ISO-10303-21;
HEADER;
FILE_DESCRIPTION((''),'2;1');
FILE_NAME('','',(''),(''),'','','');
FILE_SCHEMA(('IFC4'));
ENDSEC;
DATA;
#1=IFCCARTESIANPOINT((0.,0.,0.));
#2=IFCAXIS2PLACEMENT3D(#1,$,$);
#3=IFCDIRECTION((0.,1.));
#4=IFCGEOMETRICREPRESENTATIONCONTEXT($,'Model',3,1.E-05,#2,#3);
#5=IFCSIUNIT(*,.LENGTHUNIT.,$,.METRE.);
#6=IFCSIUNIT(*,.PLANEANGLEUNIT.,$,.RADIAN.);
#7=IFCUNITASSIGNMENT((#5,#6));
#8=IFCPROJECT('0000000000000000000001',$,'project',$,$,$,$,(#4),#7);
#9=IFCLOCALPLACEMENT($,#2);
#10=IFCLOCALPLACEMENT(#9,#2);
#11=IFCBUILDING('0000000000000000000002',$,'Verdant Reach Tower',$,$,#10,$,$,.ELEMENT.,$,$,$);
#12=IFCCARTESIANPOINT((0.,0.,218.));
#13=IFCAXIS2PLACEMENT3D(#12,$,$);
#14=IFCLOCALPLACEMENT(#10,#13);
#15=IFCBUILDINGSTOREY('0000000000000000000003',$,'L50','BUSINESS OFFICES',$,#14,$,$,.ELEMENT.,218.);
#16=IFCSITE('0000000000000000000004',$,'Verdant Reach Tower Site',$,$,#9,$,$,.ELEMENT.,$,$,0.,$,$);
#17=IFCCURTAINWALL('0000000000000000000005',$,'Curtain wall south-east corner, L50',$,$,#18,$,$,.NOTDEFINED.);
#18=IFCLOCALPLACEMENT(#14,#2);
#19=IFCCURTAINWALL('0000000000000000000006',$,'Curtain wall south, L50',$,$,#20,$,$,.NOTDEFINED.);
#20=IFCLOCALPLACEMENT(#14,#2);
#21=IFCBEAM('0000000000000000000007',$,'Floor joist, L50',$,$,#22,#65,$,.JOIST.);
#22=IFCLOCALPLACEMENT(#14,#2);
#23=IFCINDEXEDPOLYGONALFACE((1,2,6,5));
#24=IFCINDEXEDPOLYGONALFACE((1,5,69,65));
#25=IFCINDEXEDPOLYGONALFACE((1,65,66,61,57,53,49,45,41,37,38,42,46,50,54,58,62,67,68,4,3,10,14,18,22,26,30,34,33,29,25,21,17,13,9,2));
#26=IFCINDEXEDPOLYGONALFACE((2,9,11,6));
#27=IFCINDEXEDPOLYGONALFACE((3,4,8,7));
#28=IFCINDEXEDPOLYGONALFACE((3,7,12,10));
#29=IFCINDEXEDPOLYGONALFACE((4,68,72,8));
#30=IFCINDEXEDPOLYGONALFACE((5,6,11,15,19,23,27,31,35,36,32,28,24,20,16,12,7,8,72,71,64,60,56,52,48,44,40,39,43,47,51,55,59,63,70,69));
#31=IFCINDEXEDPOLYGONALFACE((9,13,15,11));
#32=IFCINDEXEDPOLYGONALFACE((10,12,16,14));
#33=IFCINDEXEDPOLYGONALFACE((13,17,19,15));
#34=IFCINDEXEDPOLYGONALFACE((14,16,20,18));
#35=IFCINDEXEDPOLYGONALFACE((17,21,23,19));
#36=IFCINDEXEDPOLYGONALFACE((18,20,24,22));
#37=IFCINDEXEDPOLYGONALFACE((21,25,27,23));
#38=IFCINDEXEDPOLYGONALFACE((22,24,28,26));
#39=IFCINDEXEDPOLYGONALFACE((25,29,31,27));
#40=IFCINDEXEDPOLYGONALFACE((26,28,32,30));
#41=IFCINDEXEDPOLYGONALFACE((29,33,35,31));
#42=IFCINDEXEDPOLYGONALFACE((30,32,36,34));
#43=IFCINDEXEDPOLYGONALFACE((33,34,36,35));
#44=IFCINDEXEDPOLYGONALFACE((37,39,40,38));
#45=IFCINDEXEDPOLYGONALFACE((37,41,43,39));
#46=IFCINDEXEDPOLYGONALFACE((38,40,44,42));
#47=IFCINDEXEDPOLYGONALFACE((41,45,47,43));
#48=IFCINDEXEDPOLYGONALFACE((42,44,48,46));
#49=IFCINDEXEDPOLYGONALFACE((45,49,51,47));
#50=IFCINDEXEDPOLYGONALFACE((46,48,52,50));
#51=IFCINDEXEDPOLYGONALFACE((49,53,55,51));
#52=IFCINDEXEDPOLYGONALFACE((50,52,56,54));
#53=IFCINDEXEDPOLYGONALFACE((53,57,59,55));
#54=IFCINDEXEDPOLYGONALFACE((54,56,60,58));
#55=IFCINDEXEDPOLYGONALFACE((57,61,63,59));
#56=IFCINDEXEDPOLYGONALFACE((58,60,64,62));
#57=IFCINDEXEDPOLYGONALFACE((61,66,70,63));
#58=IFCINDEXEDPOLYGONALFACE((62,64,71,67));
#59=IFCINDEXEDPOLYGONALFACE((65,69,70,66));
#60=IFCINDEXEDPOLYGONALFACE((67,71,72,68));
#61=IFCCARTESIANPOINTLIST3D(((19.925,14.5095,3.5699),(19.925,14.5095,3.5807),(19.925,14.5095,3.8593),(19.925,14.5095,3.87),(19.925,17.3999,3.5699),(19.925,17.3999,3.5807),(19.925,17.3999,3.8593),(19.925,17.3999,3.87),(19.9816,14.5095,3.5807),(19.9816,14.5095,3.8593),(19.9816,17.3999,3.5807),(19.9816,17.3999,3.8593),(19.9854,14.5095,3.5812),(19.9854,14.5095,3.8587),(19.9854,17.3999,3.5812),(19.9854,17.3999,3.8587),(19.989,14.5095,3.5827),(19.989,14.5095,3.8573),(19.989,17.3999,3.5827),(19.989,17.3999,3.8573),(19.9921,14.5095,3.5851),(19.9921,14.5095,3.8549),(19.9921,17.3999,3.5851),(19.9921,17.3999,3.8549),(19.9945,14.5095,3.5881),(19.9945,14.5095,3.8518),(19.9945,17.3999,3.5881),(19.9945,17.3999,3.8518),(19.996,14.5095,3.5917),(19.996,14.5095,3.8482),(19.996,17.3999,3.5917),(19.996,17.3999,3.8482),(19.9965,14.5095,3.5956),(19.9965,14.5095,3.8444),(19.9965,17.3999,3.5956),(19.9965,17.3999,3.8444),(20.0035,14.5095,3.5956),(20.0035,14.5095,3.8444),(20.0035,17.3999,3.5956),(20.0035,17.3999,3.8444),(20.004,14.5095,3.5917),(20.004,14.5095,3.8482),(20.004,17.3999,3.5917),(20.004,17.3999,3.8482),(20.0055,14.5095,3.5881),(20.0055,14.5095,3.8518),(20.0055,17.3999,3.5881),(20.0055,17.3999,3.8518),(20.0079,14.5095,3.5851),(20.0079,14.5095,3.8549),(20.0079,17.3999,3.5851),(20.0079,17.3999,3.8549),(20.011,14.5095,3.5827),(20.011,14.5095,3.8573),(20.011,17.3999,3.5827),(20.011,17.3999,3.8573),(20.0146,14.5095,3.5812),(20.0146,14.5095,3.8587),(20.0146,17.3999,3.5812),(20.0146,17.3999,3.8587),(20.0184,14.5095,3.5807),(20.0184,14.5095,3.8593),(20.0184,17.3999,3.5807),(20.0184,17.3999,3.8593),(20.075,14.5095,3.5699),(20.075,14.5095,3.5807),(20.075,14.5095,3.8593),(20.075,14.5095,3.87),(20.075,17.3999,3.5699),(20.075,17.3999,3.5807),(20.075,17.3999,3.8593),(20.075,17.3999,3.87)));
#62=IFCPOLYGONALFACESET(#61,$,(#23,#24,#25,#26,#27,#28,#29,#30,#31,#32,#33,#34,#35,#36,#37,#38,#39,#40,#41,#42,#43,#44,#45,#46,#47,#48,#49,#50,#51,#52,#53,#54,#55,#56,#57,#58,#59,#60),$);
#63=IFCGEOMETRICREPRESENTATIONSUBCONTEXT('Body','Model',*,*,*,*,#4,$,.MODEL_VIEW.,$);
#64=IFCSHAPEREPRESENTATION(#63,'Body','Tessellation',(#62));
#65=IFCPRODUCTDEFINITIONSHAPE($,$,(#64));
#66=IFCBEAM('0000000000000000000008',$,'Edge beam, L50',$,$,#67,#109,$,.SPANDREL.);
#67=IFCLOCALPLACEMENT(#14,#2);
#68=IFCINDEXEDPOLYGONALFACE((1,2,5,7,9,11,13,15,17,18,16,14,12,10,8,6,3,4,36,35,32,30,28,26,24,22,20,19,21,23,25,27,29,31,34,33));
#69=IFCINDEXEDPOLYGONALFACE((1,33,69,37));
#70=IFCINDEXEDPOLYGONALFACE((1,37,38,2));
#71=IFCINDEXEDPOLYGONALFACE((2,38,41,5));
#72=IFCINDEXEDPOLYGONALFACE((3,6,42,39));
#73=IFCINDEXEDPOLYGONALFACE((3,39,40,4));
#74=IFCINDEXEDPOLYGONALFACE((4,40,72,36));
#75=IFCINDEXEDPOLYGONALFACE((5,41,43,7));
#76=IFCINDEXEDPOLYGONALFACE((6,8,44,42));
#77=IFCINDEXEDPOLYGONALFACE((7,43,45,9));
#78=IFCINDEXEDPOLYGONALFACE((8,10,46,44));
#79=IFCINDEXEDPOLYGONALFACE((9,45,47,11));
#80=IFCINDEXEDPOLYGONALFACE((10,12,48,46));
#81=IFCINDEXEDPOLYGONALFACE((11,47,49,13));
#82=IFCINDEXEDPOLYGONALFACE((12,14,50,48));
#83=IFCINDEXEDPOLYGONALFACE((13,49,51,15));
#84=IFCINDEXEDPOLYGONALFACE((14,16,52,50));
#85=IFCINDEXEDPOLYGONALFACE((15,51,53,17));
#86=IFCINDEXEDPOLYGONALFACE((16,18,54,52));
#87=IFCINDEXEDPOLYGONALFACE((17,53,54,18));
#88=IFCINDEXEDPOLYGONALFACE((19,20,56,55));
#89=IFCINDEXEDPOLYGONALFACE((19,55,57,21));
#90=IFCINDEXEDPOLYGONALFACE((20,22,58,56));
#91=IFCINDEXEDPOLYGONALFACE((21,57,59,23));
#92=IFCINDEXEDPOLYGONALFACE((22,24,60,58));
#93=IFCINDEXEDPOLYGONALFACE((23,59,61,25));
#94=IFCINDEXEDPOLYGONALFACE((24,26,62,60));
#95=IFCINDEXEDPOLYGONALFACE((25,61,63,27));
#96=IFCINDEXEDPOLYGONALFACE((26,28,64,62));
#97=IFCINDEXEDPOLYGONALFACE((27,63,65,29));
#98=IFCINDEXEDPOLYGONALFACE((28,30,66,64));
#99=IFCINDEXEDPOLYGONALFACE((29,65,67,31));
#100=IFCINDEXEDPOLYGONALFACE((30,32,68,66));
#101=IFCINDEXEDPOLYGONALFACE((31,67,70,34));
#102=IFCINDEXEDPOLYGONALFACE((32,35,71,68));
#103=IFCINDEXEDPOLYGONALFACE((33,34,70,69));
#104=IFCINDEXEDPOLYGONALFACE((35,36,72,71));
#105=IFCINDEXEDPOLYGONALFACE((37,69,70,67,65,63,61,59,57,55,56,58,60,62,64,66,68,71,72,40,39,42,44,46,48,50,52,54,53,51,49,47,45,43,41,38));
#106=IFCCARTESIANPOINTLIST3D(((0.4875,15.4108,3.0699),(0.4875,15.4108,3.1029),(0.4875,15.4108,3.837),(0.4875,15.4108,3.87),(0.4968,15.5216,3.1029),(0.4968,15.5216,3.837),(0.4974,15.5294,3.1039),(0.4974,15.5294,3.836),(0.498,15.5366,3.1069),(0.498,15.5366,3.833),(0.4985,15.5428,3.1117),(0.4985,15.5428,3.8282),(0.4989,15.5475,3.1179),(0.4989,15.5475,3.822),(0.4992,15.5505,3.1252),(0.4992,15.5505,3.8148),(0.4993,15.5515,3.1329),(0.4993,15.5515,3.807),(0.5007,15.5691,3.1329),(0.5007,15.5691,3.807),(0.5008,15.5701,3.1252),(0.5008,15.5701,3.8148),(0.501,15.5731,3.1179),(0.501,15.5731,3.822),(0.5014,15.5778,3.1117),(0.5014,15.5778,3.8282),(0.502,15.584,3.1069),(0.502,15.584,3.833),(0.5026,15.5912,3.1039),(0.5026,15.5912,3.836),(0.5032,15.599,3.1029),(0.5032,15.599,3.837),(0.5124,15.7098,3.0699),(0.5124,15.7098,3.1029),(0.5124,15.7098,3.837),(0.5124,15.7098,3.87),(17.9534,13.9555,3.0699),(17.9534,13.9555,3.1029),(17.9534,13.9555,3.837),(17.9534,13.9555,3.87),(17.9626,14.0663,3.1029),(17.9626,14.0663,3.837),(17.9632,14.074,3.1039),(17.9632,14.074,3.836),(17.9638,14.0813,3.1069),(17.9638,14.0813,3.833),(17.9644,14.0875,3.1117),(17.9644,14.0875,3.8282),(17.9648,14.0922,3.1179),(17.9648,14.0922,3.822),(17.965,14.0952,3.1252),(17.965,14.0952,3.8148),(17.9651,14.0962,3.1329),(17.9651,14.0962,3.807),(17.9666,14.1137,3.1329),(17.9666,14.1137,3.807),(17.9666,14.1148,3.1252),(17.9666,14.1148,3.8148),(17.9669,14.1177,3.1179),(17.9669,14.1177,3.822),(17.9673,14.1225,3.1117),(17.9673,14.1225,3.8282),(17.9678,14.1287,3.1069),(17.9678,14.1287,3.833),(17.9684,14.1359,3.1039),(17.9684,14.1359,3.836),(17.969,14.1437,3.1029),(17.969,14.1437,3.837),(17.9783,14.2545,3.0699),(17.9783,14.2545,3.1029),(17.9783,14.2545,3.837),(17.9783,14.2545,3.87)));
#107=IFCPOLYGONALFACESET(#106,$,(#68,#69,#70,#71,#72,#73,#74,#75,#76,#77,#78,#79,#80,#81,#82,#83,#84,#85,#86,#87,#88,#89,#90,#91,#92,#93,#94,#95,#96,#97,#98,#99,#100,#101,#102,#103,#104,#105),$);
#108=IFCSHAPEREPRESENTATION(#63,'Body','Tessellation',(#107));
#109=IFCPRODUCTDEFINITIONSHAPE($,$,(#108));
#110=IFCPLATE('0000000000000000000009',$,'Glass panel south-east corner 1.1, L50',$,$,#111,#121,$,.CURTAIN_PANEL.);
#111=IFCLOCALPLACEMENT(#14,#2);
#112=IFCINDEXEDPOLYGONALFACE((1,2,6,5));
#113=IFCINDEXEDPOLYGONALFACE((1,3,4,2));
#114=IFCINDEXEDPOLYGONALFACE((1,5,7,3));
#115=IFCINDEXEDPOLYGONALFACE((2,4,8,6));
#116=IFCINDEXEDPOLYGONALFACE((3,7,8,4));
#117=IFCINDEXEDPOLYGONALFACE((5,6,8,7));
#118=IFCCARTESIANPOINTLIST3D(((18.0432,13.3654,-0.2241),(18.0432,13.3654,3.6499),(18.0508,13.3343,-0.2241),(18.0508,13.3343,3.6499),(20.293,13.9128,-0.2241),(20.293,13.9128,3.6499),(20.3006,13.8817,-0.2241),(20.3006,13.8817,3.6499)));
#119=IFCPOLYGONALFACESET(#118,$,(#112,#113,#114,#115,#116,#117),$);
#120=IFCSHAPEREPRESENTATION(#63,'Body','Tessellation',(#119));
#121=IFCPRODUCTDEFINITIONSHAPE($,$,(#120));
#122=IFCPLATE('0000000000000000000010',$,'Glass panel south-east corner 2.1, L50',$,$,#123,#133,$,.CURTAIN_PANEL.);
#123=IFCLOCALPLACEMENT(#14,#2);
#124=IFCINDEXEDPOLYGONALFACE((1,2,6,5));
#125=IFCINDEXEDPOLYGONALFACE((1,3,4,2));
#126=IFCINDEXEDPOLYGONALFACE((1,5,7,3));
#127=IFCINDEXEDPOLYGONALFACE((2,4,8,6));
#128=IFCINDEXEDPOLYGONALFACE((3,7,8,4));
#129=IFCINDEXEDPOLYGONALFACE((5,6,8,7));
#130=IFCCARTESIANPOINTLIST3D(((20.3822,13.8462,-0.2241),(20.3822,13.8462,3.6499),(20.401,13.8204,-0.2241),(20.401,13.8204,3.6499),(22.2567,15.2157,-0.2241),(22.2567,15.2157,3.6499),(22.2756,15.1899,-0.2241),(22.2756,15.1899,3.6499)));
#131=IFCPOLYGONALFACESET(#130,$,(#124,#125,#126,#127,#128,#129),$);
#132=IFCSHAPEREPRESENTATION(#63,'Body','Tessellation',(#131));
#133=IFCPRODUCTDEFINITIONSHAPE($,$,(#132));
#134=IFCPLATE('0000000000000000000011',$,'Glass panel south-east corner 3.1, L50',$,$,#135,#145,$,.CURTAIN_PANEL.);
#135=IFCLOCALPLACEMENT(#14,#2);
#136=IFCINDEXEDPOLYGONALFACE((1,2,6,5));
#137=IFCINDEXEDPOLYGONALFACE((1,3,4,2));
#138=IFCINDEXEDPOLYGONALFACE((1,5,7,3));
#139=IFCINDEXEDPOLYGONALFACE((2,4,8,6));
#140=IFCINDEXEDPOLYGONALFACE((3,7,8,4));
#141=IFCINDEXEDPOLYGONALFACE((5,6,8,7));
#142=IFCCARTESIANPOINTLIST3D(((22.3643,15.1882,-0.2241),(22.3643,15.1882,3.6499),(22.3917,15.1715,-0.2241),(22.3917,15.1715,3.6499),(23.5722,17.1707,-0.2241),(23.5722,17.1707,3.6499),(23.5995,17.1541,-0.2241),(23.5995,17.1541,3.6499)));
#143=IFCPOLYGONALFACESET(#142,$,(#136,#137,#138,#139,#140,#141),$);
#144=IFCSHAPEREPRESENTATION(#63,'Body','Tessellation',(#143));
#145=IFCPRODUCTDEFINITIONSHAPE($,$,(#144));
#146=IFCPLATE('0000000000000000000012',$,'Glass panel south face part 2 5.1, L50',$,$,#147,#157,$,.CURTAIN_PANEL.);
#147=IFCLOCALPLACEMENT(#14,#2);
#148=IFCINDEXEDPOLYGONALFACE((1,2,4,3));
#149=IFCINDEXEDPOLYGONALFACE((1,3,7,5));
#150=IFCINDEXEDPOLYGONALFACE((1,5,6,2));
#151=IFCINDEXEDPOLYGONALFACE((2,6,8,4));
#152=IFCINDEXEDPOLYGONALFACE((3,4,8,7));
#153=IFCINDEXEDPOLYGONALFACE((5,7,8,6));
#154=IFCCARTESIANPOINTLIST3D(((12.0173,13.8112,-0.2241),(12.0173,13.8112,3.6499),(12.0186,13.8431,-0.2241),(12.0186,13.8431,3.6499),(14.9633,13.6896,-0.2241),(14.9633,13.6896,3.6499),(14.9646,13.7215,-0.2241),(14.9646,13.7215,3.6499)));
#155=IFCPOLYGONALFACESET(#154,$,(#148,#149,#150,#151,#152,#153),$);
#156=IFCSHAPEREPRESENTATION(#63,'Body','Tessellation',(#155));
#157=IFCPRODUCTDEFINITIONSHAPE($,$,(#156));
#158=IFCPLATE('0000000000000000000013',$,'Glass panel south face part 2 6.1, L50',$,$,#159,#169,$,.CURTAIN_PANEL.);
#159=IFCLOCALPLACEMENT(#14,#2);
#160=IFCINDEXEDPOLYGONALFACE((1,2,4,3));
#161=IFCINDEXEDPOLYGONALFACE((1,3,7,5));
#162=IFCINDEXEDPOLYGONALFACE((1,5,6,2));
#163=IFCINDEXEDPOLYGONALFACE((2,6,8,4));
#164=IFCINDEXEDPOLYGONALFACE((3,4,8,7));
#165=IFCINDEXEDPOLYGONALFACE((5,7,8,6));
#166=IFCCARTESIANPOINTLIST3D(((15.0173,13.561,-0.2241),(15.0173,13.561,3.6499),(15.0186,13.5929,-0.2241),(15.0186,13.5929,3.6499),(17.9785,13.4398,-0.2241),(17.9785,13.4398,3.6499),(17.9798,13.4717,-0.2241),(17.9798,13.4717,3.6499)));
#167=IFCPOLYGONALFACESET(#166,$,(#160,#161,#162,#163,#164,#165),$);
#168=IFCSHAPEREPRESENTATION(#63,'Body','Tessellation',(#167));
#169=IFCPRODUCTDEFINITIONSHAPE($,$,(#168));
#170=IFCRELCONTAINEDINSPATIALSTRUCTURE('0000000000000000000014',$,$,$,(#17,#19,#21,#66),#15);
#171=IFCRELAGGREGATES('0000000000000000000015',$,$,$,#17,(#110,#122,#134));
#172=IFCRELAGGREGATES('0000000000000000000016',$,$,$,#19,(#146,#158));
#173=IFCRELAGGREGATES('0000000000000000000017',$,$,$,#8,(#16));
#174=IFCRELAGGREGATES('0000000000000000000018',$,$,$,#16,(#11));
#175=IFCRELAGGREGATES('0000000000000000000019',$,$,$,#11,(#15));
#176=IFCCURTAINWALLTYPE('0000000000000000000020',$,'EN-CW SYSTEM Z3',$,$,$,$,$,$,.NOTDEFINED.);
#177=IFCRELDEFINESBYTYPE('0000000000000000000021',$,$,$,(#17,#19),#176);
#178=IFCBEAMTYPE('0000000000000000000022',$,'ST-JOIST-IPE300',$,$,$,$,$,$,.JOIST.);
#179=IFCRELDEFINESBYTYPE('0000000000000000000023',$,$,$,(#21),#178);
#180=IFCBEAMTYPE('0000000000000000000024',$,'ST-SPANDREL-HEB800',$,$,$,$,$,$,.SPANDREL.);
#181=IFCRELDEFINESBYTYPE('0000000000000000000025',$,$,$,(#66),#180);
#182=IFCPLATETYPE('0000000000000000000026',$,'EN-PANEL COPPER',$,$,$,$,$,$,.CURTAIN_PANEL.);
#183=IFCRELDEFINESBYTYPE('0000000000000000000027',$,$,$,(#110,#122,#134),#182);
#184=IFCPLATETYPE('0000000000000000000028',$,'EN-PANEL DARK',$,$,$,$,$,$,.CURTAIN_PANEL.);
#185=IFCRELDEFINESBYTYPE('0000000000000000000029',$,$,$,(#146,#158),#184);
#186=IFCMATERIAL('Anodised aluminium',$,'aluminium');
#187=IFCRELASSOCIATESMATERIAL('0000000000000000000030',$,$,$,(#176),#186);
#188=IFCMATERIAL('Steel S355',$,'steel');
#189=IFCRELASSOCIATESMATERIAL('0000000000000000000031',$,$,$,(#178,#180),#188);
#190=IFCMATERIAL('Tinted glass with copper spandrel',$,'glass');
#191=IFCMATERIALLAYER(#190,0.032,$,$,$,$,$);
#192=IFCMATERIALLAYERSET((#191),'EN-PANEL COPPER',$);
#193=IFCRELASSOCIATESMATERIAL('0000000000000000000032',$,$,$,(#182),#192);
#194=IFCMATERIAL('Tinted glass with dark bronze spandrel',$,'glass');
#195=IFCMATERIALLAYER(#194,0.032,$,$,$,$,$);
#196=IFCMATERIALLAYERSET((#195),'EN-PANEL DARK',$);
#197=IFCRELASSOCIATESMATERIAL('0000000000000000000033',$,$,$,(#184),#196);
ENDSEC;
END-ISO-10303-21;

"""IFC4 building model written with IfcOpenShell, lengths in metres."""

from ifc_helpers import new_model, si_unit, direction, frame, origin, origin_2d, place, context, subcontext, project, spatial, rectangle, i_section, extrude, material, layer, layer_set, material_profile, profile_set, type_object, element, aggregate, save


model = new_model("IFC4")

# Units and contexts
model_context = context("Model", 3, precision=1e-05, world=origin(), true_north=direction((0.0, 1.0)))
body_context = subcontext(model_context, "Body", "Model", "MODEL_VIEW")
ifc_project = project(units=[si_unit("LENGTHUNIT", "METRE"), si_unit("PLANEANGLEUNIT", "RADIAN")], contexts=[model_context])

# Site, building, storey
site_placement = place(None, origin())
site = spatial("IfcSite", under=ifc_project, at=site_placement, Name="Verdant Reach Tower Site", CompositionType="ELEMENT", RefElevation=0.0)
building_placement = place(site_placement, origin())
building = spatial("IfcBuilding", under=site, at=building_placement, Name="Verdant Reach Tower", CompositionType="ELEMENT")
storey_placement = place(building_placement, frame((0.0, 0.0, 218.0)))
storey = spatial("IfcBuildingStorey", under=building, at=storey_placement, Name="L50", Description="BUSINESS OFFICES", CompositionType="ELEMENT", Elevation=218.0)

# Curtain walls
ifc_material_1 = material(Name="Anodised aluminium", Category="aluminium")
curtain_wall_type = type_object("IfcCurtainWallType", Name="EN-CW SYSTEM Z3", PredefinedType="NOTDEFINED", material=ifc_material_1)
curtain_wall_1_placement = place(storey_placement, origin())
curtain_wall_1 = element("IfcCurtainWall", 1, at=curtain_wall_1_placement, inside=storey, type_object=curtain_wall_type, Name="Curtain wall south-east corner, L50", PredefinedType="NOTDEFINED")
curtain_wall_2_placement = place(storey_placement, origin())
curtain_wall_2 = element("IfcCurtainWall", 2, at=curtain_wall_2_placement, inside=storey, type_object=curtain_wall_type, Name="Curtain wall south, L50", PredefinedType="NOTDEFINED")

# Beams
ifc_material_2 = material(Name="Steel S355", Category="steel")
ifc_material_profile_1 = material_profile(ifc_material_2, i_section(OverallWidth=0.1499, OverallDepth=0.3, WebThickness=0.0071, FlangeThickness=0.0107, FilletRadius=0.0149, at=origin_2d()), Name="IPE 300")
ifc_profile_set_1 = profile_set([ifc_material_profile_1], Name="Steel S355")
beam_type_1 = type_object("IfcBeamType", Name="ST-JOIST-IPE300", PredefinedType="JOIST", material=ifc_profile_set_1)
beam_1_placement = place(storey_placement, frame((20.0, 17.3999, 3.72), z_axis=(0.0, -1.0, 0.0), x_axis=(1.0, 0.0, 0.0)))
element("IfcBeam", 3, at=beam_1_placement, inside=storey, type_object=beam_type_1, Name="Floor joist, L50", PredefinedType="JOIST", context=body_context, shape_type="SweptSolid", body=[
    extrude(i_section(OverallWidth=0.1499, OverallDepth=0.3, WebThickness=0.0071, FlangeThickness=0.0107, FilletRadius=0.0149, at=origin_2d()), origin(), (0.0, 0.0, 1.0), 2.8904),
])
ifc_material_profile_2 = material_profile(ifc_material_2, i_section(OverallWidth=0.3, OverallDepth=0.8, WebThickness=0.0176, FlangeThickness=0.033, FilletRadius=0.03, at=origin_2d()), Name="HEB 800")
ifc_profile_set_2 = profile_set([ifc_material_profile_2], Name="Steel S355")
beam_type_2 = type_object("IfcBeamType", Name="ST-SPANDREL-HEB800", PredefinedType="SPANDREL", material=ifc_profile_set_2)
beam_2_placement = place(storey_placement, frame((17.9658, 14.105, 3.47), z_axis=(-0.996547, 0.083036, 0.0), x_axis=(-0.083036, -0.996547, 0.0)))
element("IfcBeam", 4, at=beam_2_placement, inside=storey, type_object=beam_type_2, Name="Edge beam, L50", PredefinedType="SPANDREL", context=body_context, shape_type="SweptSolid", body=[
    extrude(i_section(OverallWidth=0.3, OverallDepth=0.8, WebThickness=0.0176, FlangeThickness=0.033, FilletRadius=0.03, at=origin_2d()), origin(), (0.0, 0.0, 1.0), 17.5264),
])

# Plates
ifc_material_3 = material(Name="Tinted glass with copper spandrel", Category="glass")
ifc_layer_1 = layer(ifc_material_3, 0.032)
ifc_layer_set_1 = layer_set([ifc_layer_1], Name="EN-PANEL COPPER")
plate_type_1 = type_object("IfcPlateType", Name="EN-PANEL COPPER", PredefinedType="CURTAIN_PANEL", material=ifc_layer_set_1)
plate_1_placement = place(storey_placement, frame((19.1719, 13.6235, -0.2241), z_axis=(0.0, 0.0, 1.0), x_axis=(0.971655, 0.236403, 0.0)))
plate_1 = element("IfcPlate", 5, at=plate_1_placement, type_object=plate_type_1, Name="Glass panel south-east corner 1.1, L50", PredefinedType="CURTAIN_PANEL", context=body_context, shape_type="SweptSolid", body=[
    extrude(rectangle(XDim=2.3154, YDim=0.032, at=origin_2d()), origin(), (0.0, 0.0, 1.0), 3.874),
])
plate_2_placement = place(storey_placement, frame((21.3289, 14.5181, -0.2241), z_axis=(0.0, 0.0, 1.0), x_axis=(0.807457, 0.589927, 0.0)))
plate_2 = element("IfcPlate", 6, at=plate_2_placement, type_object=plate_type_1, Name="Glass panel south-east corner 2.1, L50", PredefinedType="CURTAIN_PANEL", context=body_context, shape_type="SweptSolid", body=[
    extrude(rectangle(XDim=2.3215, YDim=0.032, at=origin_2d()), origin(), (0.0, 0.0, 1.0), 3.874),
])
plate_3_placement = place(storey_placement, frame((22.9819, 16.1711, -0.2241), z_axis=(0.0, 0.0, 1.0), x_axis=(0.520292, 0.853989, 0.0)))
plate_3 = element("IfcPlate", 7, at=plate_3_placement, type_object=plate_type_1, Name="Glass panel south-east corner 3.1, L50", PredefinedType="CURTAIN_PANEL", context=body_context, shape_type="SweptSolid", body=[
    extrude(rectangle(XDim=2.3215, YDim=0.032, at=origin_2d()), origin(), (0.0, 0.0, 1.0), 3.874),
])
aggregate(curtain_wall_1, [plate_1, plate_2, plate_3])
ifc_material_4 = material(Name="Tinted glass with dark bronze spandrel", Category="glass")
ifc_layer_2 = layer(ifc_material_4, 0.032)
ifc_layer_set_2 = layer_set([ifc_layer_2], Name="EN-PANEL DARK")
plate_type_2 = type_object("IfcPlateType", Name="EN-PANEL DARK", PredefinedType="CURTAIN_PANEL", material=ifc_layer_set_2)
plate_4_placement = place(storey_placement, frame((13.491, 13.7664, -0.2241), z_axis=(0.0, 0.0, 1.0), x_axis=(0.999149, -0.041242, 0.0)))
plate_4 = element("IfcPlate", 8, at=plate_4_placement, type_object=plate_type_2, Name="Glass panel south face part 2 5.1, L50", PredefinedType="CURTAIN_PANEL", context=body_context, shape_type="SweptSolid", body=[
    extrude(rectangle(XDim=2.9485, YDim=0.032, at=origin_2d()), origin(), (0.0, 0.0, 1.0), 3.874),
])
plate_5_placement = place(storey_placement, frame((16.4985, 13.5164, -0.2241), z_axis=(0.0, 0.0, 1.0), x_axis=(0.999164, -0.040891, 0.0)))
plate_5 = element("IfcPlate", 9, at=plate_5_placement, type_object=plate_type_2, Name="Glass panel south face part 2 6.1, L50", PredefinedType="CURTAIN_PANEL", context=body_context, shape_type="SweptSolid", body=[
    extrude(rectangle(XDim=2.9636, YDim=0.032, at=origin_2d()), origin(), (0.0, 0.0, 1.0), 3.874),
])
aggregate(curtain_wall_2, [plate_4, plate_5])

save(model, "model.ifc")
